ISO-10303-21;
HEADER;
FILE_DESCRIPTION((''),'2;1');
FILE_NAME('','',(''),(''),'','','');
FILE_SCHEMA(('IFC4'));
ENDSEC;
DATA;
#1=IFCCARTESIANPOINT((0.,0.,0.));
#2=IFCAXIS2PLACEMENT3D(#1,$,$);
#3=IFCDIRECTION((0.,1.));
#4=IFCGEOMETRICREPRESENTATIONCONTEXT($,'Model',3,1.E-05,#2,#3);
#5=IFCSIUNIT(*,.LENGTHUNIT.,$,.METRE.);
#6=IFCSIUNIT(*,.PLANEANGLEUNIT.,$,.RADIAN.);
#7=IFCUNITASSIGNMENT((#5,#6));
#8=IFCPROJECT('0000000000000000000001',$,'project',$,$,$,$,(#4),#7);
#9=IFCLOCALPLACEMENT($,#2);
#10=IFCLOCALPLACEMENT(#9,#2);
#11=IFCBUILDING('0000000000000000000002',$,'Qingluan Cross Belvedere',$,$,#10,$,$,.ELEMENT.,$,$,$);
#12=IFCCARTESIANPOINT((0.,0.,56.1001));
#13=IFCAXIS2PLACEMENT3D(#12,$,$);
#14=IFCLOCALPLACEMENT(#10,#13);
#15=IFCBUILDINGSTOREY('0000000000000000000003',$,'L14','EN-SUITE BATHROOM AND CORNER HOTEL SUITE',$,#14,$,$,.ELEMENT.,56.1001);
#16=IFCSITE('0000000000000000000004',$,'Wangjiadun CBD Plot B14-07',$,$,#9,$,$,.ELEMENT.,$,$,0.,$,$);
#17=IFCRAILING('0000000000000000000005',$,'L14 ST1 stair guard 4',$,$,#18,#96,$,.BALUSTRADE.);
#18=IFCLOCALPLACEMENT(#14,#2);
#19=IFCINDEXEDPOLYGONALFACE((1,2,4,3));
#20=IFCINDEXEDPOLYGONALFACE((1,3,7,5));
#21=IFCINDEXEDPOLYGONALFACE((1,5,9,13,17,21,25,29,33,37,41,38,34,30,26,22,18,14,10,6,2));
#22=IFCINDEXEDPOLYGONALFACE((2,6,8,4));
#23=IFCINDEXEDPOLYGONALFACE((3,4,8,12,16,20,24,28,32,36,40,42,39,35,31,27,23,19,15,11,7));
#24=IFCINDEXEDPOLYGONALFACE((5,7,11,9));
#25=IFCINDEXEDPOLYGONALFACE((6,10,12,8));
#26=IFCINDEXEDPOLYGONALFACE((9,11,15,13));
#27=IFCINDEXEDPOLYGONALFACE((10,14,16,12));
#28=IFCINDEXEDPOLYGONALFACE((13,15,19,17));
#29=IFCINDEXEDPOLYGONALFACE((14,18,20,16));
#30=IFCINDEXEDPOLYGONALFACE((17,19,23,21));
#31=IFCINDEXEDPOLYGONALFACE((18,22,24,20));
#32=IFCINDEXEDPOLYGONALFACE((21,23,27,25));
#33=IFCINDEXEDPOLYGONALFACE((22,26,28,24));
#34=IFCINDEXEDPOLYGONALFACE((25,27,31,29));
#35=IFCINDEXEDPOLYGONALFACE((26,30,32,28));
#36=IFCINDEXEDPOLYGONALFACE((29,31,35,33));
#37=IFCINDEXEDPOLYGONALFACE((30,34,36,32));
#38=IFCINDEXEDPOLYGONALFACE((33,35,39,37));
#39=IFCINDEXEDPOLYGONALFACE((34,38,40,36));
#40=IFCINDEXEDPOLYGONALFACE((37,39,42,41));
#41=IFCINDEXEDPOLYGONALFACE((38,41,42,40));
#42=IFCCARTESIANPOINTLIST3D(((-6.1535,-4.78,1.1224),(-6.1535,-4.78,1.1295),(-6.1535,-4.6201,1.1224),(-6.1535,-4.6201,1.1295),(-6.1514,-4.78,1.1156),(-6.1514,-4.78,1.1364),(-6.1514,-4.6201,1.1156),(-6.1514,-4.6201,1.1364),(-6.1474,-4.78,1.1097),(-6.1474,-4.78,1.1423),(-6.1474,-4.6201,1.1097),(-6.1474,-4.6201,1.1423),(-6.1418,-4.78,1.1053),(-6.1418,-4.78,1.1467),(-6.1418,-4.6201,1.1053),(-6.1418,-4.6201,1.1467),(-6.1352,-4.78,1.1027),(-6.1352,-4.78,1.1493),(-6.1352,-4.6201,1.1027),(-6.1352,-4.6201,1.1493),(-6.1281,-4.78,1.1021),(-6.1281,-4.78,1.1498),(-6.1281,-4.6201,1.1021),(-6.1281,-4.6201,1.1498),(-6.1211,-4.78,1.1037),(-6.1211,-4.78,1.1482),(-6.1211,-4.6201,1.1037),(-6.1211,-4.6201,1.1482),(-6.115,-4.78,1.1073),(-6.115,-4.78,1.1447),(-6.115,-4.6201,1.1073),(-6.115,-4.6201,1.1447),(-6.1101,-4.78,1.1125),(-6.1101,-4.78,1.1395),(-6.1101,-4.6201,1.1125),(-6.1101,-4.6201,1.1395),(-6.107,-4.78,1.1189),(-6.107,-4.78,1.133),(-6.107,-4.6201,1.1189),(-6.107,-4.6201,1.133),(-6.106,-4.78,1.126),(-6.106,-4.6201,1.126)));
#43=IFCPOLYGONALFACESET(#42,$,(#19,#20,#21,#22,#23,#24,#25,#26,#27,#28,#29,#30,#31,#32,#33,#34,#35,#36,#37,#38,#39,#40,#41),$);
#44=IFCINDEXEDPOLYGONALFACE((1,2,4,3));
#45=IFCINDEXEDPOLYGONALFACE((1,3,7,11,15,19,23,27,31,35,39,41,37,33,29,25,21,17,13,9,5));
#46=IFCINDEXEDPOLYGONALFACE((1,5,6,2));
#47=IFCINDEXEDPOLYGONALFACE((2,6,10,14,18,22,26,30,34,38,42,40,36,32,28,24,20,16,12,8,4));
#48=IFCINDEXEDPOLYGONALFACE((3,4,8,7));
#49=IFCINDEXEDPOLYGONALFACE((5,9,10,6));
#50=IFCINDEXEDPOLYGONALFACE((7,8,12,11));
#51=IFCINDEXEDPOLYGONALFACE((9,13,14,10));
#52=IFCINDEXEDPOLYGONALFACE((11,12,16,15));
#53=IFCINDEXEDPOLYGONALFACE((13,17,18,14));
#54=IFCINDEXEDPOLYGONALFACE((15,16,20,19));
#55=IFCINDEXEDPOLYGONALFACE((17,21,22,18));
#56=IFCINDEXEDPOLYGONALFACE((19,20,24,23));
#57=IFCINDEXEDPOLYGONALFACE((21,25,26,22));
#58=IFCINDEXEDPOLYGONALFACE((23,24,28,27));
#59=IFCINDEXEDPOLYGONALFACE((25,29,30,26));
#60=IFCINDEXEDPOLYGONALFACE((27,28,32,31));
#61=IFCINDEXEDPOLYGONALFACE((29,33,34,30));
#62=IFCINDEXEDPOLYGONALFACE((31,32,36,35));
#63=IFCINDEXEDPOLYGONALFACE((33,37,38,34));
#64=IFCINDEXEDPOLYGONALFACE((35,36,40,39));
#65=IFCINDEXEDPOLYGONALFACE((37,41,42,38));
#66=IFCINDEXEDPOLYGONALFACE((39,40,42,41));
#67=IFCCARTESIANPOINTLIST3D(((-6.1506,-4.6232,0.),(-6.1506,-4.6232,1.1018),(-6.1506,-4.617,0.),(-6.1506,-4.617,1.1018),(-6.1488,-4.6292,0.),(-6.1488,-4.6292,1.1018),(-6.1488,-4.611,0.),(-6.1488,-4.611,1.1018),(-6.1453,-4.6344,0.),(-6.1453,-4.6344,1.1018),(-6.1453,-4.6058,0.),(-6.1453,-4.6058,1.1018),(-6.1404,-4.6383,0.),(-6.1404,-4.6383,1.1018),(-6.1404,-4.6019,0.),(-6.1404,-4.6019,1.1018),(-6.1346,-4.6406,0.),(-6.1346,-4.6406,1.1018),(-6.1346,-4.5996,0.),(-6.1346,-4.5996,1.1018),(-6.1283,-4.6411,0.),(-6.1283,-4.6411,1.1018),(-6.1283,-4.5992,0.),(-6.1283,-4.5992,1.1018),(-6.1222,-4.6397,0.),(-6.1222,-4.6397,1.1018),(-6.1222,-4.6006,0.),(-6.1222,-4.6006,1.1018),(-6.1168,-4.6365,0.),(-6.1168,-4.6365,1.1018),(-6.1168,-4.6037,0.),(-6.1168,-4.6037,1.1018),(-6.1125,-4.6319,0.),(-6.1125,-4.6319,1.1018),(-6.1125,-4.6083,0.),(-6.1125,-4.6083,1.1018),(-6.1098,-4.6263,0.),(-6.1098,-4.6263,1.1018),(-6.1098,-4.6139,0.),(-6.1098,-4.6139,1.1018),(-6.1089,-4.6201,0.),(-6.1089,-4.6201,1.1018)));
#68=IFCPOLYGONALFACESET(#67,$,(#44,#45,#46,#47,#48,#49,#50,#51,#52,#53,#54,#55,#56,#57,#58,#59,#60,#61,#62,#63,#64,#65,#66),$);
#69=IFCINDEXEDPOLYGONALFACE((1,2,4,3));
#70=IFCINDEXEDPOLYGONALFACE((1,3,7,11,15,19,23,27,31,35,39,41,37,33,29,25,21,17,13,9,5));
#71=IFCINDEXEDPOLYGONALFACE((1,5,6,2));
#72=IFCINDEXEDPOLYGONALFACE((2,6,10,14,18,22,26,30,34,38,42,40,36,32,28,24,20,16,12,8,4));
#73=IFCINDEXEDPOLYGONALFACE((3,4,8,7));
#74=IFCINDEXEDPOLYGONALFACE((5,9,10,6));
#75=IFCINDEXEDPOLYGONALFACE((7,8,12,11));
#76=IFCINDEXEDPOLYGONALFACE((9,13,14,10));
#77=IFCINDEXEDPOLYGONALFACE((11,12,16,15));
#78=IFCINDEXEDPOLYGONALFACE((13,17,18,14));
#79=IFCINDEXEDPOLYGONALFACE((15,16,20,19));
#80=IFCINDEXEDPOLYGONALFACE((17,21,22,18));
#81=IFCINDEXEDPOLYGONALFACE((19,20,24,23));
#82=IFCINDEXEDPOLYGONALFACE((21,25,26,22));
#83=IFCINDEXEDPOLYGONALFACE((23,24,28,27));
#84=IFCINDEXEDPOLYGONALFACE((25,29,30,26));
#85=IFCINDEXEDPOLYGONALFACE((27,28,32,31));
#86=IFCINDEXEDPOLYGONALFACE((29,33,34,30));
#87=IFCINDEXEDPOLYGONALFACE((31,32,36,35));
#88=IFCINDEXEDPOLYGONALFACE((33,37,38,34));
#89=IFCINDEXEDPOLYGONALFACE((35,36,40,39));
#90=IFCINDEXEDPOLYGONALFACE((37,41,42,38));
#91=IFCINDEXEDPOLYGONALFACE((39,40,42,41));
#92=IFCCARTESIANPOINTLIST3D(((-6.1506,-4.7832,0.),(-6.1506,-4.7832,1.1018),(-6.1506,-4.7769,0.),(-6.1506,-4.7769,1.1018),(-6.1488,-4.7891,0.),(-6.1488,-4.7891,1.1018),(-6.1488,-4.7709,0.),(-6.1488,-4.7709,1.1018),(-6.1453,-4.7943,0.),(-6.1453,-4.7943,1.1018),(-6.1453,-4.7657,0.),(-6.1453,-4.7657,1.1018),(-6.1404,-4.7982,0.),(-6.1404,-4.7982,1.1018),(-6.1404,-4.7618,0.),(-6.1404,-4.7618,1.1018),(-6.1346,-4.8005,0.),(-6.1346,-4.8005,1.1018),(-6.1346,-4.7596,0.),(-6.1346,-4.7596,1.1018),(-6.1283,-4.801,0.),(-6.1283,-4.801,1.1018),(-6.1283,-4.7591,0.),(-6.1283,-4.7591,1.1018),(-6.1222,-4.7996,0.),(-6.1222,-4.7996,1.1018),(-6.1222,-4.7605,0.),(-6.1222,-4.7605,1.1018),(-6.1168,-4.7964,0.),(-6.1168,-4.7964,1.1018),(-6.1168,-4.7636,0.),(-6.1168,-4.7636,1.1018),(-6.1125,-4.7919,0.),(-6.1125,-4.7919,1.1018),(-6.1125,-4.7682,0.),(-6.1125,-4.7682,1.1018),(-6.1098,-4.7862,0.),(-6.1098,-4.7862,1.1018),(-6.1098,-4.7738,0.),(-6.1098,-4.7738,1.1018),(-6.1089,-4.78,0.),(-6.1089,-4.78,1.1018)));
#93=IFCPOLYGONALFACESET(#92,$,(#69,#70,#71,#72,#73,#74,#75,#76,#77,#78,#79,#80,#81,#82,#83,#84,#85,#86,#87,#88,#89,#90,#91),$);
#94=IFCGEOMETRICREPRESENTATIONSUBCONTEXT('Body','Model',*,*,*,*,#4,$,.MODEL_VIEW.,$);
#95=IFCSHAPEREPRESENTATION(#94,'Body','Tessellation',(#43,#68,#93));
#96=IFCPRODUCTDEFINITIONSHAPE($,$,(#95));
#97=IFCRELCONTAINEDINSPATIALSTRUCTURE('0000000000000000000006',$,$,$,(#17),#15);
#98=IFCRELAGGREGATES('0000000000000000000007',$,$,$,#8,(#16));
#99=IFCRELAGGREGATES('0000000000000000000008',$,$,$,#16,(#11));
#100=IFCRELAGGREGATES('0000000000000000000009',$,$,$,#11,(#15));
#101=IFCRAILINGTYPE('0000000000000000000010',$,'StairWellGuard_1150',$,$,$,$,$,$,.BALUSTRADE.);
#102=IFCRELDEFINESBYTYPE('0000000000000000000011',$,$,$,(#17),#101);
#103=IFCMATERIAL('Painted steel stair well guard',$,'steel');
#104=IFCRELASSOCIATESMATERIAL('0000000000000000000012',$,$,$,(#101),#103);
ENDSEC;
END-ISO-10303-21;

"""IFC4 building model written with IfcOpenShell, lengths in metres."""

from ifc_helpers import new_model, si_unit, direction, frame, origin, origin_2d, place, context, subcontext, project, spatial, circle, extrude, material, type_object, element, save


model = new_model("IFC4")

# Units and contexts
model_context = context("Model", 3, precision=1e-05, world=origin(), true_north=direction((0.0, 1.0)))
body_context = subcontext(model_context, "Body", "Model", "MODEL_VIEW")
ifc_project = project(units=[si_unit("LENGTHUNIT", "METRE"), si_unit("PLANEANGLEUNIT", "RADIAN")], contexts=[model_context])

# Site, building, storey
site_placement = place(None, origin())
site = spatial("IfcSite", under=ifc_project, at=site_placement, Name="Wangjiadun CBD Plot B14-07", CompositionType="ELEMENT", RefElevation=0.0)
building_placement = place(site_placement, origin())
building = spatial("IfcBuilding", under=site, at=building_placement, Name="Qingluan Cross Belvedere", CompositionType="ELEMENT")
storey_placement = place(building_placement, frame((0.0, 0.0, 56.1001)))
storey = spatial("IfcBuildingStorey", under=building, at=storey_placement, Name="L14", Description="EN-SUITE BATHROOM AND CORNER HOTEL SUITE", CompositionType="ELEMENT", Elevation=56.1001)

# Railing
ifc_material_1 = material(Name="Painted steel stair well guard", Category="steel")
railing_type_1 = type_object("IfcRailingType", Name="StairWellGuard_1150", PredefinedType="BALUSTRADE", material=ifc_material_1)
railing_1_placement = place(storey_placement, frame((-6.1299, -4.6201, 0.0)))
element("IfcRailing", 1, at=railing_1_placement, inside=storey, type_object=railing_type_1, Name="L14 ST1 stair guard 4", PredefinedType="BALUSTRADE", context=body_context, shape_type="SweptSolid", body=[
    extrude(circle(Radius=0.0239, at=origin_2d()), frame((0.0, 0.0, 1.126), z_axis=(0.0, -1.0, 0.0), x_axis=(1.0, 0.0, 0.0)), (0.0, 0.0, 1.0), 0.1599),
    extrude(circle(Radius=0.021, at=origin_2d()), origin(), (0.0, 0.0, 1.0), 1.1018),
    extrude(circle(Radius=0.021, at=origin_2d()), frame((0.0, -0.1599, 0.0)), (0.0, 0.0, 1.0), 1.1018),
])

save(model, "model.ifc")
